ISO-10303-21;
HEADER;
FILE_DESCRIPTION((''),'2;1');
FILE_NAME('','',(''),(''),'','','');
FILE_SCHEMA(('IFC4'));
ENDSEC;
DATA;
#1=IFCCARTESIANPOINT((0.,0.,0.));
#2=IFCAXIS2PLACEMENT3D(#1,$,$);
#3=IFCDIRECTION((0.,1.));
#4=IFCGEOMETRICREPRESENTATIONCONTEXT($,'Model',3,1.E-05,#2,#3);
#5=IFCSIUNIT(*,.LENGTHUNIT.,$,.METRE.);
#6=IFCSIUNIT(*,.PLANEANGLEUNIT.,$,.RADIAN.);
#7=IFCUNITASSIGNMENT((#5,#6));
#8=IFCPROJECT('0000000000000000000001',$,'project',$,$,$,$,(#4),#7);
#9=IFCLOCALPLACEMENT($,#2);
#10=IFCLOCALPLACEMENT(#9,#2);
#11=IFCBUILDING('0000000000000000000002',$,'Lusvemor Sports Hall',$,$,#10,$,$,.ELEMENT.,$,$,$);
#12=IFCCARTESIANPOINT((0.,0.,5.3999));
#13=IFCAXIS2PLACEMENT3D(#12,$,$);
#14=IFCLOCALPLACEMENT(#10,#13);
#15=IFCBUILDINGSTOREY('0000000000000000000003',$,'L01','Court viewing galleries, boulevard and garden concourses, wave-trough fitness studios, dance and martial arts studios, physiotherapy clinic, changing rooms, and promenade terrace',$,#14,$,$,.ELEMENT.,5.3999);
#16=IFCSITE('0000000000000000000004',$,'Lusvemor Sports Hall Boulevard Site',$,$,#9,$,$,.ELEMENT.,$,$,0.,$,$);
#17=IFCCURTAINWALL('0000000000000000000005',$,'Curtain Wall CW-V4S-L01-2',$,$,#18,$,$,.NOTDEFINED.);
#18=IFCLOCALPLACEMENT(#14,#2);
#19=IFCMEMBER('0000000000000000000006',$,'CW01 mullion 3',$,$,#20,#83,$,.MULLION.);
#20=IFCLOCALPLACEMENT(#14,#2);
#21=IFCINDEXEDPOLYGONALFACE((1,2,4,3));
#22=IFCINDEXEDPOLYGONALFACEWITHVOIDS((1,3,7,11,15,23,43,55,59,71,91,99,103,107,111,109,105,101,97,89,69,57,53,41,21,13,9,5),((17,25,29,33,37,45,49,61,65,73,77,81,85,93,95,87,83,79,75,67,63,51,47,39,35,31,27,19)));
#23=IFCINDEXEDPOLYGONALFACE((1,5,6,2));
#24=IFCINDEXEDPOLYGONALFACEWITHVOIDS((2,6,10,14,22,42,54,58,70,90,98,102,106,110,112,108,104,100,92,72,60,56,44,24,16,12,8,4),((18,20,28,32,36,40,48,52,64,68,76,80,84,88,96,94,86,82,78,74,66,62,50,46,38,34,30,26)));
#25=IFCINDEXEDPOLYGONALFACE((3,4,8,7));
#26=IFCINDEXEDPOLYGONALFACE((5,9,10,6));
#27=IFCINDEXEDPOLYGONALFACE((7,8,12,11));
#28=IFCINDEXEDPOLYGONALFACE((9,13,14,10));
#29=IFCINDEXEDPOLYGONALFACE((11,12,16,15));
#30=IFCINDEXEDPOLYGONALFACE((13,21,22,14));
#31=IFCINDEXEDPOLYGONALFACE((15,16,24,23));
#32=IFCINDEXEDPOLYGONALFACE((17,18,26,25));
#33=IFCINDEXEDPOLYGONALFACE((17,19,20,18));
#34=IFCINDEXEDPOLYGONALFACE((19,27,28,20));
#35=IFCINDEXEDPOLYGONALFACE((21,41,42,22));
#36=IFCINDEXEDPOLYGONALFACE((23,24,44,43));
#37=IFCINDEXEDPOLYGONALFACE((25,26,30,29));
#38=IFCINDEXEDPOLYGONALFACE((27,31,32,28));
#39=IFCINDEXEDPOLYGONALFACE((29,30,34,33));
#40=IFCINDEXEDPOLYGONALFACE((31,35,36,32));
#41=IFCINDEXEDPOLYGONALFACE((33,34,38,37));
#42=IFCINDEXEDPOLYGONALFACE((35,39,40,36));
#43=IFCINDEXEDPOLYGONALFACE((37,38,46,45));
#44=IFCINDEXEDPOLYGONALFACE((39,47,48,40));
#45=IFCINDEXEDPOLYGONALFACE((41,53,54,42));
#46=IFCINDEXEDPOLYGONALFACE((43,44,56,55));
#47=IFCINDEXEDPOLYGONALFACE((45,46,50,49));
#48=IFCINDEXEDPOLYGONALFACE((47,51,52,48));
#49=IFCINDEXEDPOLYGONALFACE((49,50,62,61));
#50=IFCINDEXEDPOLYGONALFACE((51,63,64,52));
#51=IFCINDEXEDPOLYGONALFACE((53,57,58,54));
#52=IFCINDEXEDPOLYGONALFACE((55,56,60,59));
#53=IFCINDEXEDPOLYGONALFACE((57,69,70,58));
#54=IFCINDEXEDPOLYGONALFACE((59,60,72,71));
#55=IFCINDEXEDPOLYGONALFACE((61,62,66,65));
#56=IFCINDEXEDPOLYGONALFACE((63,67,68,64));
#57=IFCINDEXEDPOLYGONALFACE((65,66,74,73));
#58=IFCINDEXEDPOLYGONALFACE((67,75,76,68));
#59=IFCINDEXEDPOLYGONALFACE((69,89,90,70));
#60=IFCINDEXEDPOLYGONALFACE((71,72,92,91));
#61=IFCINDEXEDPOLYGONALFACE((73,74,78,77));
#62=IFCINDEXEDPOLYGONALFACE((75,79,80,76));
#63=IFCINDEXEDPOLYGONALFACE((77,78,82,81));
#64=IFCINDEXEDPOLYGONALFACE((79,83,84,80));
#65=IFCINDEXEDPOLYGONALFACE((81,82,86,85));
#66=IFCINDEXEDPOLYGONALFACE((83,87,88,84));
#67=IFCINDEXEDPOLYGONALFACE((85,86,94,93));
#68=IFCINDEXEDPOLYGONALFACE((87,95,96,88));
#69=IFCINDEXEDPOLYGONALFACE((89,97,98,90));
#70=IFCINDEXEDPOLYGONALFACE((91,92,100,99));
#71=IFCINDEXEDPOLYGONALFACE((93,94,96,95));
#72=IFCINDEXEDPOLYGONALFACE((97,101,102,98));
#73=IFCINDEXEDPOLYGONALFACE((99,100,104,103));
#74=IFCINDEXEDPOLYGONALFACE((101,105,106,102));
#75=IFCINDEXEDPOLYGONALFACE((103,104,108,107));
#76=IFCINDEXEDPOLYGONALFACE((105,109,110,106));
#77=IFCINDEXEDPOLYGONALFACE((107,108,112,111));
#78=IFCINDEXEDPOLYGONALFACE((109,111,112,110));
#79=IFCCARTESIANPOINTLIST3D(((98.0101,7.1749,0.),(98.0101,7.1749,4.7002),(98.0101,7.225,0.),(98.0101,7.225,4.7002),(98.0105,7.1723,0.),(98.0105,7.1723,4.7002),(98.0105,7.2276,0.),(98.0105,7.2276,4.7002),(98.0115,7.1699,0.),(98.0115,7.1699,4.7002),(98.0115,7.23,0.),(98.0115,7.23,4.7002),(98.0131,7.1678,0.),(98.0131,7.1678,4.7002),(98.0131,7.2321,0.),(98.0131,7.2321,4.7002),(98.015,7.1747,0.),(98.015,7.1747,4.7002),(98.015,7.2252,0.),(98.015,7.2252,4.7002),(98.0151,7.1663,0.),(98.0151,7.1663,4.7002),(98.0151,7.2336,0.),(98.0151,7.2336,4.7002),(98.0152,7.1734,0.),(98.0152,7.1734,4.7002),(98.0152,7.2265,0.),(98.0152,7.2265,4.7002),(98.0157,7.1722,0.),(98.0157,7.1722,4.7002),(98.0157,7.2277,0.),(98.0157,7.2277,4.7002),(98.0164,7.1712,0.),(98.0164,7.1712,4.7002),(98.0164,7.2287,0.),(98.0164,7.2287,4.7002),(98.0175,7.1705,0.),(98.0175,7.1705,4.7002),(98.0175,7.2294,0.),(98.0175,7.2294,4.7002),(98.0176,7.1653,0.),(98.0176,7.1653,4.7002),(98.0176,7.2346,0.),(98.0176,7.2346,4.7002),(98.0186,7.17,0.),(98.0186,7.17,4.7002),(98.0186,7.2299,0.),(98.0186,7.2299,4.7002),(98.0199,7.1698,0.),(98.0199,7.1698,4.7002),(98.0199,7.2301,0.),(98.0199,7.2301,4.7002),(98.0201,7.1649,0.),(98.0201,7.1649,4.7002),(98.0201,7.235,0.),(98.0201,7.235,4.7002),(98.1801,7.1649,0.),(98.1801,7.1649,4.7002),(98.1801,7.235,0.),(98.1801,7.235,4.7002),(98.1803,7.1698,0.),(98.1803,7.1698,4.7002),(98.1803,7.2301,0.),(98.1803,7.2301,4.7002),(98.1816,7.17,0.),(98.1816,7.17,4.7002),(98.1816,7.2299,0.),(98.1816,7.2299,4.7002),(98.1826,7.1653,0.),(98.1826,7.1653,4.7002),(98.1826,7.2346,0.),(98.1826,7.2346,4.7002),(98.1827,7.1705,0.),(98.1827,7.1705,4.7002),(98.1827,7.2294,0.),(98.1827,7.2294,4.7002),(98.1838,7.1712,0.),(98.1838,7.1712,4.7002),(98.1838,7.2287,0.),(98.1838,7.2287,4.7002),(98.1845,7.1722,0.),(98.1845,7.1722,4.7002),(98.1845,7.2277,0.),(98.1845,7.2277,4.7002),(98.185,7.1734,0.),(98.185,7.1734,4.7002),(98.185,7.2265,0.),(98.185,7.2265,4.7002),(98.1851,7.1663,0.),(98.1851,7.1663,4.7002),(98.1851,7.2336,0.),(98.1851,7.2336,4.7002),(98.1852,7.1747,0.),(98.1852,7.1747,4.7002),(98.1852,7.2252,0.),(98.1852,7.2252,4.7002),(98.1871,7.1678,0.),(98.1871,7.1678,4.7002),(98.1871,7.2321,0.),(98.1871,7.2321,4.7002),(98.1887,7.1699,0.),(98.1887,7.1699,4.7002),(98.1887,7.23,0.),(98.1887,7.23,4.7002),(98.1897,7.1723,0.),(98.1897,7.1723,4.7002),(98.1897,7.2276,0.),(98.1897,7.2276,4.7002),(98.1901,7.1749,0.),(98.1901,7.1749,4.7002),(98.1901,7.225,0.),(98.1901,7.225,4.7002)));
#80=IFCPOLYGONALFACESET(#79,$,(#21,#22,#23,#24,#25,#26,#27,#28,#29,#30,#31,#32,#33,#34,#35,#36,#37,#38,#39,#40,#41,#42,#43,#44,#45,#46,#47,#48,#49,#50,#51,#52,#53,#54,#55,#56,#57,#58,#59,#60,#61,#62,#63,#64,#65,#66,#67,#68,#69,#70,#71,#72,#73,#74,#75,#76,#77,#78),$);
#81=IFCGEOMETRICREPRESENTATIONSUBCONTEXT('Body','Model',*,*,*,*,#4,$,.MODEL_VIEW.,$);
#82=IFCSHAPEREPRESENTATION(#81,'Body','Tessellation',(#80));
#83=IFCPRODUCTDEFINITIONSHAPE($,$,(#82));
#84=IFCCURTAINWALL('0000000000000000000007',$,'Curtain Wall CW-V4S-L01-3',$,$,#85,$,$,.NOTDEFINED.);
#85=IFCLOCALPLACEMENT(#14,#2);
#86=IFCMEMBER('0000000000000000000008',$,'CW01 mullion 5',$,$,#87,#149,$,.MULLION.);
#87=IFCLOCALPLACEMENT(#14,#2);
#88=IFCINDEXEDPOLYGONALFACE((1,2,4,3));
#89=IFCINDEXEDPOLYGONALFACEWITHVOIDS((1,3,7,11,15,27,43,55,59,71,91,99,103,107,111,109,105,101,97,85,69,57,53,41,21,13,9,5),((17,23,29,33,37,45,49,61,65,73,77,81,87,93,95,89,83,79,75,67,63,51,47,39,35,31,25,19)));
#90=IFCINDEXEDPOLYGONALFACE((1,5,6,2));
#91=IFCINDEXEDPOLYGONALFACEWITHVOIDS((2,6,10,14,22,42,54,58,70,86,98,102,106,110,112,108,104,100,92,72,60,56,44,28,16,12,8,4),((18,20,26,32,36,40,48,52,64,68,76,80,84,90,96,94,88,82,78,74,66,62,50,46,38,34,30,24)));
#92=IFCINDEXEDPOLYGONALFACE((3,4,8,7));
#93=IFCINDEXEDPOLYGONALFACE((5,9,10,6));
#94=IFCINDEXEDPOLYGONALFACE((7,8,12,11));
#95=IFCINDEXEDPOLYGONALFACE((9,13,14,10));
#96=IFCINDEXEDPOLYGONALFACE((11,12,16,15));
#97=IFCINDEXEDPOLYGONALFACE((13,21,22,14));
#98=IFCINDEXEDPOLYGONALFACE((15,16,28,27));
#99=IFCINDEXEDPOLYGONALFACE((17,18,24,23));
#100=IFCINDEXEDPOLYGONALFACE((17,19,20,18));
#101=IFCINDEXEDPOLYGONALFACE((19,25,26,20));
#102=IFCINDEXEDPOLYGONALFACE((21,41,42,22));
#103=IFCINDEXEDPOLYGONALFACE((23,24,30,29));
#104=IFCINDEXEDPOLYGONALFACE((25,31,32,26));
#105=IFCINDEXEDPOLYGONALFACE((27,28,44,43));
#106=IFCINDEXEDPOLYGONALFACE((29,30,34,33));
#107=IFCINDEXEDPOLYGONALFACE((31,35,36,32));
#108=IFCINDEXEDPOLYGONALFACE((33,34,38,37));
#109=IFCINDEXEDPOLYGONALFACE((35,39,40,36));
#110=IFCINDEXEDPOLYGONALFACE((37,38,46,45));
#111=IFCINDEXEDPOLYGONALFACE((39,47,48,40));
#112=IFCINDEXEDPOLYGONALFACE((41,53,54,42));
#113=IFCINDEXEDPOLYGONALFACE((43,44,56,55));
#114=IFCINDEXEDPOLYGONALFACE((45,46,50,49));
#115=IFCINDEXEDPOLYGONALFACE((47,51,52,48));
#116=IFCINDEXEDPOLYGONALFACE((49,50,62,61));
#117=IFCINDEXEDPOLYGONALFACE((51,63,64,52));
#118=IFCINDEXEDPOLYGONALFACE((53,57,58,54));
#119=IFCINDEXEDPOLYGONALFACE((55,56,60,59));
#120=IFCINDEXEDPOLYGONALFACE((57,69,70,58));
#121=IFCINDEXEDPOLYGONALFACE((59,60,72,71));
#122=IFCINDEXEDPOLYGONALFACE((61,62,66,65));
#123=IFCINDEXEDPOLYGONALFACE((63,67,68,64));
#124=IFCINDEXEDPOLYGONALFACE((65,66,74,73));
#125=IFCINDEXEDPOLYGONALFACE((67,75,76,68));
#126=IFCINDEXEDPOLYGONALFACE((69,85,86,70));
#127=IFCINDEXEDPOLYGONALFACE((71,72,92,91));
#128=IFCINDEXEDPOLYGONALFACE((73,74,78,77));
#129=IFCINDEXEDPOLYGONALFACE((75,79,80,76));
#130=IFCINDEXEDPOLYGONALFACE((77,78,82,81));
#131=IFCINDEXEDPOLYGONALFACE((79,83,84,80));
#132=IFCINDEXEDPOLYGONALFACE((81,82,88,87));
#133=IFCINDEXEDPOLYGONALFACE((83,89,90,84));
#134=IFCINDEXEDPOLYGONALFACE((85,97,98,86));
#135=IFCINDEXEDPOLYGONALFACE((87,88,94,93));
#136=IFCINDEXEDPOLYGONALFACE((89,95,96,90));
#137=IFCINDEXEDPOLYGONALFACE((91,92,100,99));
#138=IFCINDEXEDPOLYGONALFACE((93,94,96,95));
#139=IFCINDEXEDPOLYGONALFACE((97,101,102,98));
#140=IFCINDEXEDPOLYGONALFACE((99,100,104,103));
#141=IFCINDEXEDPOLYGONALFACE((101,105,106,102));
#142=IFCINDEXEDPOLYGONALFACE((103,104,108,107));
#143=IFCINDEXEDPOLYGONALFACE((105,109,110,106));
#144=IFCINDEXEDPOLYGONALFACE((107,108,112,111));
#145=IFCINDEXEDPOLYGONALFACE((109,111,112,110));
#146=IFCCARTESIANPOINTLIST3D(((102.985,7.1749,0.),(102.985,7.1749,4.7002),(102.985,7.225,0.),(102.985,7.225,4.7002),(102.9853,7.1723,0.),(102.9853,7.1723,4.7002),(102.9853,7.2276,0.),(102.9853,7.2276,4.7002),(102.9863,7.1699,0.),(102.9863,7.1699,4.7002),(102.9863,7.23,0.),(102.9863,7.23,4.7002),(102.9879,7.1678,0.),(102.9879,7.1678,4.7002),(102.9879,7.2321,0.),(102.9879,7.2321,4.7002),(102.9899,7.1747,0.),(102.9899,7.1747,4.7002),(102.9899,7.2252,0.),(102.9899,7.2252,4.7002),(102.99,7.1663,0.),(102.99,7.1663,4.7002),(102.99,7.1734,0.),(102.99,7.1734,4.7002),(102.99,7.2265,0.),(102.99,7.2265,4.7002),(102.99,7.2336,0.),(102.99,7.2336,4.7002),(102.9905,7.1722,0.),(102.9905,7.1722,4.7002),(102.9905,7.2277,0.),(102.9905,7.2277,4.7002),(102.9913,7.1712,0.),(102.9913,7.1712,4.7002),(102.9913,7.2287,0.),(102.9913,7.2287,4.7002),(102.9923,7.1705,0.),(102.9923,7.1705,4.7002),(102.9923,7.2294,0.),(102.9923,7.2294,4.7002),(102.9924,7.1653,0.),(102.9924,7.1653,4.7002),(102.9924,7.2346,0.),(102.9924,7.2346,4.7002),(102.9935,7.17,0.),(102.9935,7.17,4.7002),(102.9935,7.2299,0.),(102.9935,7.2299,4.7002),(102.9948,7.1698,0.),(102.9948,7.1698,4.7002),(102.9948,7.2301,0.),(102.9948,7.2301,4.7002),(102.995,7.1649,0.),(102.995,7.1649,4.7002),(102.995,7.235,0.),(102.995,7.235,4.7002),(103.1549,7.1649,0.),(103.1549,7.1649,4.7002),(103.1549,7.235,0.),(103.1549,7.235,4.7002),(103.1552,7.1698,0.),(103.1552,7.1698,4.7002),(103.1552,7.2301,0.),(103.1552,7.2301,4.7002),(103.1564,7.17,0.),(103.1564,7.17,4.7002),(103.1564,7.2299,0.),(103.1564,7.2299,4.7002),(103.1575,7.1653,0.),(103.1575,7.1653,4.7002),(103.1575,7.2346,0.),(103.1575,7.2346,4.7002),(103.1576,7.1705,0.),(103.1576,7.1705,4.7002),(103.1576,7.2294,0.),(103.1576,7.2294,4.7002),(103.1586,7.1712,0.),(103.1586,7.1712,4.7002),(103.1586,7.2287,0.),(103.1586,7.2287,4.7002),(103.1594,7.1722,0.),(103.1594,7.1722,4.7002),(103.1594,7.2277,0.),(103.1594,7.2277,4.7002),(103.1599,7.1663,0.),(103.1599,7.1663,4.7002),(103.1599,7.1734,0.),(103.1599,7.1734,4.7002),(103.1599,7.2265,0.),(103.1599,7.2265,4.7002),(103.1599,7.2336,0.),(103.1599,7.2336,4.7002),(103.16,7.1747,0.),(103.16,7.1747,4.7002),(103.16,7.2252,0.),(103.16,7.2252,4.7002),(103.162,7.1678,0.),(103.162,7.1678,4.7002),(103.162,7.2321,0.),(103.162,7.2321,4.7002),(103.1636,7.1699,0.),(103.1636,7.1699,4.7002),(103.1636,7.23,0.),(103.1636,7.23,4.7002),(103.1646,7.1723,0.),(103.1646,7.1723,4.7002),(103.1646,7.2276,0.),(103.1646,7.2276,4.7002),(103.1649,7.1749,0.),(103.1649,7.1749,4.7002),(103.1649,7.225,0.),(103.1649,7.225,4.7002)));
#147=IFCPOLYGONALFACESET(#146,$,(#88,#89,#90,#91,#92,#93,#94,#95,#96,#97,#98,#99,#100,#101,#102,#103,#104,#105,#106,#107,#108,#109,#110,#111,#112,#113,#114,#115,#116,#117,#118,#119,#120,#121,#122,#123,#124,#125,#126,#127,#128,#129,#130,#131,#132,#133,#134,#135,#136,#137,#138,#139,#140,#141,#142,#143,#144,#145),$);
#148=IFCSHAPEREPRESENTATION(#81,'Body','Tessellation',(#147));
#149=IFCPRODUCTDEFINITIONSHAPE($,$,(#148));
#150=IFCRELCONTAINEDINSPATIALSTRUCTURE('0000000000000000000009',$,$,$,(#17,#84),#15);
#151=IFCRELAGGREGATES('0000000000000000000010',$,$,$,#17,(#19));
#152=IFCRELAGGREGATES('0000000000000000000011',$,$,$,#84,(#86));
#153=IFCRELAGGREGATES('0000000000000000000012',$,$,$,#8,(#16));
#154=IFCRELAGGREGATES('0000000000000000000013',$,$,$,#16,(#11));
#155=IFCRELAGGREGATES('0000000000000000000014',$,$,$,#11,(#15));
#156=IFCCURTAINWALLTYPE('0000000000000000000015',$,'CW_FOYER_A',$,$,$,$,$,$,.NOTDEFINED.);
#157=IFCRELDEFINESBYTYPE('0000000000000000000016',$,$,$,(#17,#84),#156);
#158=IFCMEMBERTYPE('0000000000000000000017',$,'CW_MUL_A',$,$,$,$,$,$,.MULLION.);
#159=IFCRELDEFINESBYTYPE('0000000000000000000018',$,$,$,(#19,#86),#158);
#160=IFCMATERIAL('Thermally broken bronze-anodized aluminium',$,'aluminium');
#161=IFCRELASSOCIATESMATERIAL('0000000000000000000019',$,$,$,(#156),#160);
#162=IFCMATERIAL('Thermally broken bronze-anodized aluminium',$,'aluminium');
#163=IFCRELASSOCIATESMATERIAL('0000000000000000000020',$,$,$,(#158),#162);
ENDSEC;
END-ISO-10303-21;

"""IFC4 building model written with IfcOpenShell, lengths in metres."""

from ifc_helpers import new_model, si_unit, direction, frame, origin, origin_2d, place, context, subcontext, project, spatial, hollow_rectangle, extrude, material, material_profile, profile_set, type_object, element, aggregate, save


model = new_model("IFC4")

# Units and contexts
model_context = context("Model", 3, precision=1e-05, world=origin(), true_north=direction((0.0, 1.0)))
body_context = subcontext(model_context, "Body", "Model", "MODEL_VIEW")
ifc_project = project(units=[si_unit("LENGTHUNIT", "METRE"), si_unit("PLANEANGLEUNIT", "RADIAN")], contexts=[model_context])

# Site, building, storey
site_placement = place(None, origin())
site = spatial("IfcSite", under=ifc_project, at=site_placement, Name="Lusvemor Sports Hall Boulevard Site", CompositionType="ELEMENT", RefElevation=0.0)
building_placement = place(site_placement, origin())
building = spatial("IfcBuilding", under=site, at=building_placement, Name="Lusvemor Sports Hall", CompositionType="ELEMENT")
storey_placement = place(building_placement, frame((0.0, 0.0, 5.3999)))
storey = spatial("IfcBuildingStorey", under=building, at=storey_placement, Name="L01", Description="Court viewing galleries, boulevard and garden concourses, wave-trough fitness studios, dance and martial arts studios, physiotherapy clinic, changing rooms, and promenade terrace", CompositionType="ELEMENT", Elevation=5.3999)

# Curtain wall, member
ifc_material_1 = material(Name="Thermally broken bronze-anodized aluminium", Category="aluminium")
curtain_wall_type = type_object("IfcCurtainWallType", Name="CW_FOYER_A", PredefinedType="NOTDEFINED", material=ifc_material_1)
curtain_wall_1_placement = place(storey_placement, origin())
curtain_wall_1 = element("IfcCurtainWall", 1, at=curtain_wall_1_placement, inside=storey, type_object=curtain_wall_type, Name="Curtain Wall CW-V4S-L01-2", PredefinedType="NOTDEFINED")
ifc_material_2 = material(Name="Thermally broken bronze-anodized aluminium", Category="aluminium")
ifc_material_profile_1 = material_profile(ifc_material_2, hollow_rectangle(XDim=0.0701, YDim=0.1799, WallThickness=0.0049, InnerFilletRadius=0.0049, OuterFilletRadius=0.01, at=origin_2d()), Name="CWMUL180x70x5")
ifc_profile_set_1 = profile_set([ifc_material_profile_1], Name="Thermally broken bronze-anodized aluminium")
member_type_1 = type_object("IfcMemberType", Name="CW_MUL_A", PredefinedType="MULLION", material=ifc_profile_set_1)
member_1_placement = place(storey_placement, frame((98.1001, 7.2, 0.0), z_axis=(0.0, 0.0, 1.0), x_axis=(0.0, -1.0, 0.0)))
member_1 = element("IfcMember", 2, at=member_1_placement, type_object=member_type_1, Name="CW01 mullion 3", PredefinedType="MULLION", context=body_context, shape_type="SweptSolid", body=[
    extrude(hollow_rectangle(XDim=0.0701, YDim=0.1799, WallThickness=0.0049, InnerFilletRadius=0.0049, OuterFilletRadius=0.01, at=origin_2d()), origin(), (0.0, 0.0, 1.0), 4.7002),
])

# Curtain wall, member
curtain_wall_2_placement = place(storey_placement, origin())
curtain_wall_2 = element("IfcCurtainWall", 3, at=curtain_wall_2_placement, inside=storey, type_object=curtain_wall_type, Name="Curtain Wall CW-V4S-L01-3", PredefinedType="NOTDEFINED")
member_2_placement = place(storey_placement, frame((103.075, 7.2, 0.0), z_axis=(0.0, 0.0, 1.0), x_axis=(0.0, -1.0, 0.0)))
member_2 = element("IfcMember", 4, at=member_2_placement, type_object=member_type_1, Name="CW01 mullion 5", PredefinedType="MULLION", context=body_context, shape_type="SweptSolid", body=[
    extrude(hollow_rectangle(XDim=0.0701, YDim=0.1799, WallThickness=0.0049, InnerFilletRadius=0.0049, OuterFilletRadius=0.01, at=origin_2d()), origin(), (0.0, 0.0, 1.0), 4.7002),
])

aggregate(curtain_wall_1, [member_1])
aggregate(curtain_wall_2, [member_2])

save(model, "model.ifc")
